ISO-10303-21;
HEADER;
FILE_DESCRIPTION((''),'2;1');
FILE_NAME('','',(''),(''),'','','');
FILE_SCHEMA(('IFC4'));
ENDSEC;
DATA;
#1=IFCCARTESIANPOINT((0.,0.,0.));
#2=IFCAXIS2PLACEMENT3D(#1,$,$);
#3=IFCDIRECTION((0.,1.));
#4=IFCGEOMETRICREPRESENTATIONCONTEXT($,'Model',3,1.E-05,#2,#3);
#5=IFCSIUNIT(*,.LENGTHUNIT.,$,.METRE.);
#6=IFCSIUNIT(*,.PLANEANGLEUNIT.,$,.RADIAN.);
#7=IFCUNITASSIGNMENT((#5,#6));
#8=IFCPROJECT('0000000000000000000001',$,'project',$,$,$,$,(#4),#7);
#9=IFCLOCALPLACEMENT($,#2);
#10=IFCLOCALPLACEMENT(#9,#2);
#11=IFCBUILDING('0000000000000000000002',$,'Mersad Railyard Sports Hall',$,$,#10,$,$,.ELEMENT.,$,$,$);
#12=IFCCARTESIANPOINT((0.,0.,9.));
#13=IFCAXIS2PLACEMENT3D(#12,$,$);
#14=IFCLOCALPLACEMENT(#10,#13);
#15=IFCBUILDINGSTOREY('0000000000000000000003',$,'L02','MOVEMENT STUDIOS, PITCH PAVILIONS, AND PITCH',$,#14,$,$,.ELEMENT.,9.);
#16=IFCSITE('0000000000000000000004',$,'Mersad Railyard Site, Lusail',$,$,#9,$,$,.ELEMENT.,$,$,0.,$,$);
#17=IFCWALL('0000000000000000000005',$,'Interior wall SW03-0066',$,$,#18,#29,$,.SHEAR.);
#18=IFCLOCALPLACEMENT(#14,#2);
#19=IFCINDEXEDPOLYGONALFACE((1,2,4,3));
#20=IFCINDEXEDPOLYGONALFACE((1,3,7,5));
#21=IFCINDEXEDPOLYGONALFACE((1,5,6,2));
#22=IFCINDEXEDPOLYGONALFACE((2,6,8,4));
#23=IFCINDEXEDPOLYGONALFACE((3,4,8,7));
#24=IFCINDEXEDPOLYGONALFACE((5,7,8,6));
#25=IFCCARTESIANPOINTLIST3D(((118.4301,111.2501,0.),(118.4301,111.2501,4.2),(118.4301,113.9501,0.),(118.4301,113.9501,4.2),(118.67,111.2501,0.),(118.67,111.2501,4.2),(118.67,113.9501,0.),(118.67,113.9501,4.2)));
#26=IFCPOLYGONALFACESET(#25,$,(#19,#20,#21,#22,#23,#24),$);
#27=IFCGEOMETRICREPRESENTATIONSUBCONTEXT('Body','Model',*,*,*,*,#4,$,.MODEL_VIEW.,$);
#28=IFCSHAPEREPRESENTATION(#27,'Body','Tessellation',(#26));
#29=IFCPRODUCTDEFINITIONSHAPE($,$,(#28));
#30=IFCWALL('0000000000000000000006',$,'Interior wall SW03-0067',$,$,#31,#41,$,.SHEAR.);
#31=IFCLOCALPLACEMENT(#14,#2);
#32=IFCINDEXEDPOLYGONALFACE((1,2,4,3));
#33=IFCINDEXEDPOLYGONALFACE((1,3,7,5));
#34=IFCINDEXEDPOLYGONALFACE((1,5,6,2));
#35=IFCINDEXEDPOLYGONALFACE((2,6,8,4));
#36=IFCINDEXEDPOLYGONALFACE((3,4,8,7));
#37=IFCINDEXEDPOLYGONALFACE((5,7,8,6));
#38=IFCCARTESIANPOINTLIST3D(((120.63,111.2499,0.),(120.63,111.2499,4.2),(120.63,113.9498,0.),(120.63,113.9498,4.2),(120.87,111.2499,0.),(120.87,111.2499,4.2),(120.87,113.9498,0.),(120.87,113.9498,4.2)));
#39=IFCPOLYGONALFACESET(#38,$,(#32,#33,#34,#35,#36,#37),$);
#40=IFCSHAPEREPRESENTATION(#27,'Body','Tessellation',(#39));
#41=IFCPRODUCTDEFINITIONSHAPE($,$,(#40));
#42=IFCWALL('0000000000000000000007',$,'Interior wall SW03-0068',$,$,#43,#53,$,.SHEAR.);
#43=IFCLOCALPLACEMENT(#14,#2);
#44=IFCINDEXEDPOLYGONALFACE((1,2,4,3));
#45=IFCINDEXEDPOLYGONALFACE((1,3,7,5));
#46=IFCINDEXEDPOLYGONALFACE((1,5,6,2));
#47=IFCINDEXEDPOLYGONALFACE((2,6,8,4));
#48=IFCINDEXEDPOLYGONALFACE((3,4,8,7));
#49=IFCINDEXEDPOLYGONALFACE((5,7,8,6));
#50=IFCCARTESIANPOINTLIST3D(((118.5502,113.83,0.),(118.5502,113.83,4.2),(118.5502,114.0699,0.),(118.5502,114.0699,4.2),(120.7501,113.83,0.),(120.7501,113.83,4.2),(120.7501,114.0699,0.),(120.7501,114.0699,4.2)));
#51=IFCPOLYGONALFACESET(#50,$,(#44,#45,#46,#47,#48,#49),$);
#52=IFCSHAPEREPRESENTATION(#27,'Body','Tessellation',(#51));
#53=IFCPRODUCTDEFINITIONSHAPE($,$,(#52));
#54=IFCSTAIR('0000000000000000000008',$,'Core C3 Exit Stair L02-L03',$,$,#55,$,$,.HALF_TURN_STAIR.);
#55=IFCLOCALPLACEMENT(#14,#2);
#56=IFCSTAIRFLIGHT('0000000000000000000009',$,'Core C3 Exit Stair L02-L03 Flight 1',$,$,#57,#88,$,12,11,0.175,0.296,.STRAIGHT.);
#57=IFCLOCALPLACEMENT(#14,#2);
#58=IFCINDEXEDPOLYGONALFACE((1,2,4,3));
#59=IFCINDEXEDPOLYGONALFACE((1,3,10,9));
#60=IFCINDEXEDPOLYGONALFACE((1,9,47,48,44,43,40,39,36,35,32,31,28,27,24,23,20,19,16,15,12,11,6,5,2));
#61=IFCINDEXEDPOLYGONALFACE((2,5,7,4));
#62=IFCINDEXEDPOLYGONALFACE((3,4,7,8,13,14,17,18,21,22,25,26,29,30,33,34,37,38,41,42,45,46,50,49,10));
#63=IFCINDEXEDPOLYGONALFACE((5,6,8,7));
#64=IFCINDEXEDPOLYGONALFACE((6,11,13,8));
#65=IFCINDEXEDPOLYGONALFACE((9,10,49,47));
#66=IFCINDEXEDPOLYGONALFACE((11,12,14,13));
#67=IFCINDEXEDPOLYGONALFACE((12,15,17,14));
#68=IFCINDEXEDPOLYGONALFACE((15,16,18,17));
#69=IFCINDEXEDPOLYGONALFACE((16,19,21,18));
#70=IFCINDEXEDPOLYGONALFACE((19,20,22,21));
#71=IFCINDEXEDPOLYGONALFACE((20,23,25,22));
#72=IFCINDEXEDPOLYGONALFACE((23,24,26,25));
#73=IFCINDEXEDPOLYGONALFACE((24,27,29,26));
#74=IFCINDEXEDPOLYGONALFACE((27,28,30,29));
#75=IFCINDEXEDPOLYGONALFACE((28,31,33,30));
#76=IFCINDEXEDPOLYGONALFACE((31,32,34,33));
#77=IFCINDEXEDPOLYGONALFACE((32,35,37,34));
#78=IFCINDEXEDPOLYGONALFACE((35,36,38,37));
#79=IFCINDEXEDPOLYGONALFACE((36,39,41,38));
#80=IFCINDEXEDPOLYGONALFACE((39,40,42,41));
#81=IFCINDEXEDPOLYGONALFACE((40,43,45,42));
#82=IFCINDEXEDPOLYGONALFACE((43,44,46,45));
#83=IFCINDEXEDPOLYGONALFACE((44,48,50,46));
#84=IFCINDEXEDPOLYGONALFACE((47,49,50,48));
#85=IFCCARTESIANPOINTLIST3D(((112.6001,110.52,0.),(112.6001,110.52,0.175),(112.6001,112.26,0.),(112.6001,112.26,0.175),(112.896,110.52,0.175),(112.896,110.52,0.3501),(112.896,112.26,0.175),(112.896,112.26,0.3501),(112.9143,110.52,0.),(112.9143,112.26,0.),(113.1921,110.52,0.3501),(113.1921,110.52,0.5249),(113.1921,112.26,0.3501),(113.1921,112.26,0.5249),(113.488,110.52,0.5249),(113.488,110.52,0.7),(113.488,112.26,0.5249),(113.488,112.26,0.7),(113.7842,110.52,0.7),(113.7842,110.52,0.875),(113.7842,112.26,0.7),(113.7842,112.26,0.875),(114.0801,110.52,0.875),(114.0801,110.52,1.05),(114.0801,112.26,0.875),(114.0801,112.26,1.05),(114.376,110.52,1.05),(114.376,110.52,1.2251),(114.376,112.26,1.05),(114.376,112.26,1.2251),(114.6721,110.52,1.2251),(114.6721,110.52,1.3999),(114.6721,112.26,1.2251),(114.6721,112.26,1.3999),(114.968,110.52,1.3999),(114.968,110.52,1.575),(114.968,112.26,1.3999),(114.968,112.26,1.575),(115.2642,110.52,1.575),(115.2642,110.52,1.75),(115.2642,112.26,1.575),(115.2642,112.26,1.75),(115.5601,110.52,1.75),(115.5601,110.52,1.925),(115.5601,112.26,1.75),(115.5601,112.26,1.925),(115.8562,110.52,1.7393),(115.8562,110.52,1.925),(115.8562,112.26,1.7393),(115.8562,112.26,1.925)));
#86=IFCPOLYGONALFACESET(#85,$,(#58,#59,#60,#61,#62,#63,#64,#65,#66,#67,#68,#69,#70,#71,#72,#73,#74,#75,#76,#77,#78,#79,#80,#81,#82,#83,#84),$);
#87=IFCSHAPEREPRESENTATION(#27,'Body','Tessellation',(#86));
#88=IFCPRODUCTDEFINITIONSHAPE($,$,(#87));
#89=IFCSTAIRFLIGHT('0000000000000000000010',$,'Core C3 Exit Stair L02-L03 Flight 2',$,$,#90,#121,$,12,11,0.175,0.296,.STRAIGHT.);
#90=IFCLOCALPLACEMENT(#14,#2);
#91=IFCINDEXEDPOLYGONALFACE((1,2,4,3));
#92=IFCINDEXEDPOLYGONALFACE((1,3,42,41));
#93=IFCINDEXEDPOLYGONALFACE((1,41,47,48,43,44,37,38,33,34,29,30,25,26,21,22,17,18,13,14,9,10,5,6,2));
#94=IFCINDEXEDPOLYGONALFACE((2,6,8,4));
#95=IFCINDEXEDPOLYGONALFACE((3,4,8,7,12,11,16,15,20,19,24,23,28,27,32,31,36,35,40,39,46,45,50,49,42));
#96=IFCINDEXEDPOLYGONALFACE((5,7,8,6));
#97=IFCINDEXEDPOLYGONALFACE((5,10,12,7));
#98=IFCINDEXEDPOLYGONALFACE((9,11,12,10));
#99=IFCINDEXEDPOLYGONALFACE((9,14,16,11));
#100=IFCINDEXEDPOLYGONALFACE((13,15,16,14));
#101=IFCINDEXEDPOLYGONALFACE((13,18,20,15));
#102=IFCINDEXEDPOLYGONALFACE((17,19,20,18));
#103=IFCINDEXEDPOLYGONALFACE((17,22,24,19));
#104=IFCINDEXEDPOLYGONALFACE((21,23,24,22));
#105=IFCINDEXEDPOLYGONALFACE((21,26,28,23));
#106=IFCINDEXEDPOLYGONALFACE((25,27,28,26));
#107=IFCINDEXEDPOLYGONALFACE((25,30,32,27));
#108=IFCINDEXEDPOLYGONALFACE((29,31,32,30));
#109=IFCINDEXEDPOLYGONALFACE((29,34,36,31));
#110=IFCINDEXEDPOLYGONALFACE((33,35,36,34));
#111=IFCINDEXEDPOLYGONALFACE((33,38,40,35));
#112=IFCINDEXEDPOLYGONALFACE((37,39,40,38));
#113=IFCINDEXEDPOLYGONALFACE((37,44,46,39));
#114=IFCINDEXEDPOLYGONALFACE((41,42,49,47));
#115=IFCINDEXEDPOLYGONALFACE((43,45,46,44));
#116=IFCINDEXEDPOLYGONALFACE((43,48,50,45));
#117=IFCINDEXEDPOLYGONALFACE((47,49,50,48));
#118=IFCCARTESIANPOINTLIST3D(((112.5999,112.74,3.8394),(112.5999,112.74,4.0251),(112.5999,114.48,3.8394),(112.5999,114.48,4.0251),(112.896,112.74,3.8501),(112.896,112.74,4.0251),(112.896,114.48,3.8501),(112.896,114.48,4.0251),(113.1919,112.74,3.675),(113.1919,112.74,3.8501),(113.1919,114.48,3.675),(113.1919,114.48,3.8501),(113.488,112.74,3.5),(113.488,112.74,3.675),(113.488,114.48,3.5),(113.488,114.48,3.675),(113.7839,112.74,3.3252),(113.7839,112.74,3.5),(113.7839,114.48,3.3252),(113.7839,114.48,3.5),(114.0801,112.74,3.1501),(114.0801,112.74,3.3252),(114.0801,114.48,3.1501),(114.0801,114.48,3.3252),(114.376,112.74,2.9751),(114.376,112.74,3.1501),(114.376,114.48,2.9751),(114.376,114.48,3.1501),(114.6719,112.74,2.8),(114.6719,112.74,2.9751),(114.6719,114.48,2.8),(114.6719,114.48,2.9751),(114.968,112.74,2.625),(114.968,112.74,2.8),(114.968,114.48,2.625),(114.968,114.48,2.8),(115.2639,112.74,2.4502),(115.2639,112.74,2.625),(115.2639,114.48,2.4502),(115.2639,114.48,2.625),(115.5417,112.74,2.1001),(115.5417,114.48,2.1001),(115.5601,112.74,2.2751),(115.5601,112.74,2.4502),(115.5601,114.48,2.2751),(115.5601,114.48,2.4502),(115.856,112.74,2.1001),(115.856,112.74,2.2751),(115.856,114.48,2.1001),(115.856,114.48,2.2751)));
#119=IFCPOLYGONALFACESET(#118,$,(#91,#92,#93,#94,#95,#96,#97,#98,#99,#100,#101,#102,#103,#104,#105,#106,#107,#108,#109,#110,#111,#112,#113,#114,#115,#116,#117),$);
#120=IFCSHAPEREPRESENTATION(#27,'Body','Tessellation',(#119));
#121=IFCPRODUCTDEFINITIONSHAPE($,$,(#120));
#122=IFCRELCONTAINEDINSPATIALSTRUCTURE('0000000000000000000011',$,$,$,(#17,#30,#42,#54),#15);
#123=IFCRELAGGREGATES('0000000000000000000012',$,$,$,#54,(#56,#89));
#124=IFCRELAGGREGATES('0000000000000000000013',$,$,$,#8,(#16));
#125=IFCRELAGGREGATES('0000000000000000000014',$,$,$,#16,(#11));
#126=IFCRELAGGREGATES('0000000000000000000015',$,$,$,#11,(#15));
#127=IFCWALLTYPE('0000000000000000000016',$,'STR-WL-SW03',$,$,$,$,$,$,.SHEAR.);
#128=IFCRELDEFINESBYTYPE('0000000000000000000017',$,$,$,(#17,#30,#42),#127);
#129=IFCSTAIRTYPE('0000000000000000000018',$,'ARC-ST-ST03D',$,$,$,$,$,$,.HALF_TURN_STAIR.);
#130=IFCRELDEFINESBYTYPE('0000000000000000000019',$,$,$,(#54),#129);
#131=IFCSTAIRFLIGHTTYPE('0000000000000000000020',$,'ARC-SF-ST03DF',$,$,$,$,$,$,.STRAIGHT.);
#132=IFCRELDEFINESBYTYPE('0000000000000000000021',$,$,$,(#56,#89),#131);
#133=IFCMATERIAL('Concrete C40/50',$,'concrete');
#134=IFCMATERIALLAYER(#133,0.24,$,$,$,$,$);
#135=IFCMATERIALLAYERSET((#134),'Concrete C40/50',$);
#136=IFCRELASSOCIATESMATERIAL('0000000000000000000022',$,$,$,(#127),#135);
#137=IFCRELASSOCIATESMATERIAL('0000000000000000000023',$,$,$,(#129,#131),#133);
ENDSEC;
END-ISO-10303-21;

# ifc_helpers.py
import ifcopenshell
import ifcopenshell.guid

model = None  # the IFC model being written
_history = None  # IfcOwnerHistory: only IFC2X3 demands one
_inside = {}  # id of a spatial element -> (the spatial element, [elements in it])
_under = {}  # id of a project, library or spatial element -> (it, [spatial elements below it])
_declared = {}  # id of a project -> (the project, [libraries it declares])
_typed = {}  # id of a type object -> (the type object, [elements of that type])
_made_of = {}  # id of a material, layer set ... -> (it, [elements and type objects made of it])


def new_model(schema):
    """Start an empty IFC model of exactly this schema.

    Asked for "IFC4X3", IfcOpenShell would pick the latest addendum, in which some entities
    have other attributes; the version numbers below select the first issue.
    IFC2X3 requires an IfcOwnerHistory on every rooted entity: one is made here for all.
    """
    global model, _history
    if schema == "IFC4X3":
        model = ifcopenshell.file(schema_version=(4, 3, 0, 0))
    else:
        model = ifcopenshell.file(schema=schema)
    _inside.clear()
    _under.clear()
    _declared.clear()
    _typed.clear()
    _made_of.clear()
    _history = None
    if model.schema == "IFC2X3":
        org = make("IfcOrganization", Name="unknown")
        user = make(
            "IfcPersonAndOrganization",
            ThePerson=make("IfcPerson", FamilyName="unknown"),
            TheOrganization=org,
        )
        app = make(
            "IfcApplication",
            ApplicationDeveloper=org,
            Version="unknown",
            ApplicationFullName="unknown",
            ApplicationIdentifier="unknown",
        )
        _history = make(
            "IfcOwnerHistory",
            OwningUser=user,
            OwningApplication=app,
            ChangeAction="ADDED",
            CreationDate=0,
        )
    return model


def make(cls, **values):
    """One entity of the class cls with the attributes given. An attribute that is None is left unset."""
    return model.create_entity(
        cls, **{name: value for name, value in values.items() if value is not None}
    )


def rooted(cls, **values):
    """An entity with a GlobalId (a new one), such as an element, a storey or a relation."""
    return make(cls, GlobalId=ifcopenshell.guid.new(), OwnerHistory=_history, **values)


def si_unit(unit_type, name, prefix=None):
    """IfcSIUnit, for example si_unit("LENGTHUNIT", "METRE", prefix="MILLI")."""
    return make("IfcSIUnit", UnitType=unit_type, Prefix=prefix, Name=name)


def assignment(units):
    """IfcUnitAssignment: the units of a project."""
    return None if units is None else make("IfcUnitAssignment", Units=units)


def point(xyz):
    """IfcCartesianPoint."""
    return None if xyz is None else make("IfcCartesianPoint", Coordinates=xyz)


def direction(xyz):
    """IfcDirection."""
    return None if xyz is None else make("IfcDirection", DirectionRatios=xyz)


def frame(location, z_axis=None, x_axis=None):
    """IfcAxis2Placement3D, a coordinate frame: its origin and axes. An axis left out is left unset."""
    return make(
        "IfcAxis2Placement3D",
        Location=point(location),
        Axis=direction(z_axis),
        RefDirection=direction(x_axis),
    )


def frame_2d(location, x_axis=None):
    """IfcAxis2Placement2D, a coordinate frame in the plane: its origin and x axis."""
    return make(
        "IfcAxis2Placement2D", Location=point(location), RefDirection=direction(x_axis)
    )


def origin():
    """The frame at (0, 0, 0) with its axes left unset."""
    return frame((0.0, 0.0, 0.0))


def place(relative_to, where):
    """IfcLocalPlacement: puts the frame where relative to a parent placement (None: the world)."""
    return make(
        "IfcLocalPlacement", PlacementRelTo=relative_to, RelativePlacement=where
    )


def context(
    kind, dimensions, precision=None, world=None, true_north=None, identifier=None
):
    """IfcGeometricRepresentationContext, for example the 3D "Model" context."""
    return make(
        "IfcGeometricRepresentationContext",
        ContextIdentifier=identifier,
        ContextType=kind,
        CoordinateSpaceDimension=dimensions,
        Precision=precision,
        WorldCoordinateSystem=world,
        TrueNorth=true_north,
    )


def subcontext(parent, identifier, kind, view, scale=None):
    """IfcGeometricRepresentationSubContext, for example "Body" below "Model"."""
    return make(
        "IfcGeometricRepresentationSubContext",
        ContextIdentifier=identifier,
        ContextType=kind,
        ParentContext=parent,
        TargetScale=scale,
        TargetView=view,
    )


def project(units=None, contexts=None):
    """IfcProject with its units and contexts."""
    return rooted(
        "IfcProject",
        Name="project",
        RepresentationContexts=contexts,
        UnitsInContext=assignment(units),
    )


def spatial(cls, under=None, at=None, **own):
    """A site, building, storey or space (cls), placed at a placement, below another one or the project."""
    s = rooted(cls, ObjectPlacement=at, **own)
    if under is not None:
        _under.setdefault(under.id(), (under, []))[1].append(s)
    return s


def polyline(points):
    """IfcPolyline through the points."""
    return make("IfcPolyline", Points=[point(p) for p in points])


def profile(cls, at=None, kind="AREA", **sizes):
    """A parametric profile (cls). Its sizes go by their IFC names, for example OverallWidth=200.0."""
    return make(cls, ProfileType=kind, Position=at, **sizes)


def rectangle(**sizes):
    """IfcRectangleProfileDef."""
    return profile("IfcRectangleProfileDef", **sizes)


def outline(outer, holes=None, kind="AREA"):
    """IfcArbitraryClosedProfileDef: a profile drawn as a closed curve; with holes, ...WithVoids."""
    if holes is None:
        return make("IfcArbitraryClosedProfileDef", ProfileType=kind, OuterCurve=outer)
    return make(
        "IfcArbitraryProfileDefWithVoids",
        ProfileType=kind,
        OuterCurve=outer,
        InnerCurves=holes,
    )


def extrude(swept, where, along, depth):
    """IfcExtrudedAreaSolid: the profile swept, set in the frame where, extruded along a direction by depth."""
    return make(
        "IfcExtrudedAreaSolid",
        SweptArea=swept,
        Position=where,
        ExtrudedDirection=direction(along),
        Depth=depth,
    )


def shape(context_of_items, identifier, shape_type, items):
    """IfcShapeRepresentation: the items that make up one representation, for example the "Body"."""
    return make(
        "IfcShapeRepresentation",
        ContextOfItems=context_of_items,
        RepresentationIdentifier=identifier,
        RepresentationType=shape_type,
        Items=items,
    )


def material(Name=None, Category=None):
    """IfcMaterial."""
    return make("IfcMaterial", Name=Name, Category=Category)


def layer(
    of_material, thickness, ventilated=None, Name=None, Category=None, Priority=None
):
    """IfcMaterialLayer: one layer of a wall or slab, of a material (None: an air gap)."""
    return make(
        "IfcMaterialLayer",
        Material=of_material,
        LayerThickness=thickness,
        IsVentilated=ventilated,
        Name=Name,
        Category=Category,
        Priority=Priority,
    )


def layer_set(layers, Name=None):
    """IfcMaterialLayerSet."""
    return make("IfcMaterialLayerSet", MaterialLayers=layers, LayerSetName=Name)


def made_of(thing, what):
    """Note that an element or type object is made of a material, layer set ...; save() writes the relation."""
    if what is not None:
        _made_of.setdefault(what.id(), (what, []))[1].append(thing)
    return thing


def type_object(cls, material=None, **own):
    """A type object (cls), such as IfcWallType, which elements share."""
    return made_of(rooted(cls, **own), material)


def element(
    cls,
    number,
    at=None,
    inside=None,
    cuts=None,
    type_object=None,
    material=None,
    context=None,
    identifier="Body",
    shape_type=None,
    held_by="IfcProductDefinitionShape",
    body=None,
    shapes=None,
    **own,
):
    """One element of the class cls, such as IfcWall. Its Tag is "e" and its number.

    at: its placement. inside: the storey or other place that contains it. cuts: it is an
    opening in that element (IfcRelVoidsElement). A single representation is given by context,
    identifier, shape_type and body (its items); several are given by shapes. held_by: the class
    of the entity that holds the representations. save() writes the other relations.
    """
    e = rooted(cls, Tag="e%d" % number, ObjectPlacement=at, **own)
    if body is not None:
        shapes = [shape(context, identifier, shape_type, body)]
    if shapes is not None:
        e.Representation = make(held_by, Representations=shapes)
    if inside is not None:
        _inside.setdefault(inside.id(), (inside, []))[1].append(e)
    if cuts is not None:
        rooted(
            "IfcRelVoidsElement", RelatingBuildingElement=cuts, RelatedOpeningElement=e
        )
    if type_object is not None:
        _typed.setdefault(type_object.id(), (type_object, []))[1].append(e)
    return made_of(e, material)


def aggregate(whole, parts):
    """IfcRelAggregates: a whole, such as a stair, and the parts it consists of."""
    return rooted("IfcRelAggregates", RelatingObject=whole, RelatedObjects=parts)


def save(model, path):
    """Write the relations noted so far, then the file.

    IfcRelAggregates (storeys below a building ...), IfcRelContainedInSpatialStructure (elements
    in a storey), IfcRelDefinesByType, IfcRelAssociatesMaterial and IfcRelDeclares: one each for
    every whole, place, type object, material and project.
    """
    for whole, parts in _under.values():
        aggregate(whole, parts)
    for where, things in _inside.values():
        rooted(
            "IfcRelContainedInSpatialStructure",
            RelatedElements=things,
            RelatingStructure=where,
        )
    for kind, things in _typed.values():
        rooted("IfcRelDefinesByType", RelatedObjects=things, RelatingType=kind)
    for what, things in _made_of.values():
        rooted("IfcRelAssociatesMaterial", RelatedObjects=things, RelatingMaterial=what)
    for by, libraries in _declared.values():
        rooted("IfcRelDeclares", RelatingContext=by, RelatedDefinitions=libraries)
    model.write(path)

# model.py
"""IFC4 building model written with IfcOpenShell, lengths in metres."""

from ifc_helpers import new_model, si_unit, direction, frame, frame_2d, origin, place, context, subcontext, project, spatial, polyline, rectangle, outline, extrude, material, layer, layer_set, type_object, element, aggregate, save


model = new_model("IFC4")

# Units and contexts
model_context = context("Model", 3, precision=1e-05, world=origin(), true_north=direction((0.0, 1.0)))
body_context = subcontext(model_context, "Body", "Model", "MODEL_VIEW")
ifc_project = project(units=[si_unit("LENGTHUNIT", "METRE"), si_unit("PLANEANGLEUNIT", "RADIAN")], contexts=[model_context])

# Site, building, storey
site_placement = place(None, origin())
site = spatial("IfcSite", under=ifc_project, at=site_placement, Name="Mersad Railyard Site, Lusail", CompositionType="ELEMENT", RefElevation=0.0)
building_placement = place(site_placement, origin())
building = spatial("IfcBuilding", under=site, at=building_placement, Name="Mersad Railyard Sports Hall", CompositionType="ELEMENT")
storey_placement = place(building_placement, frame((0.0, 0.0, 9.0)))
storey = spatial("IfcBuildingStorey", under=building, at=storey_placement, Name="L02", Description="MOVEMENT STUDIOS, PITCH PAVILIONS, AND PITCH", CompositionType="ELEMENT", Elevation=9.0)

# Shared definitions
ifc_material_1 = material(Name="Concrete C40/50", Category="concrete")

# Walls
ifc_layer_1 = layer(ifc_material_1, 0.24)
ifc_layer_set_1 = layer_set([ifc_layer_1], Name="Concrete C40/50")
wall_type_1 = type_object("IfcWallType", Name="STR-WL-SW03", PredefinedType="SHEAR", material=ifc_layer_set_1)
for number, where, z_axis, x_axis, name in (
    (1, (118.55, 111.25, 0.0), (0.0, 0.0, 1.0), (0.0, 1.0, 0.0), "Interior wall SW03-0066"),
    (2, (120.75, 113.95, 0.0), (0.0, 0.0, 1.0), (0.0, -1.0, 0.0), "Interior wall SW03-0067"),
):
    element("IfcWall", number, at=place(storey_placement, frame(where, z_axis=z_axis, x_axis=x_axis)), inside=storey, type_object=wall_type_1, Name=name, PredefinedType="SHEAR", context=body_context, shape_type="SweptSolid", body=[
        extrude(rectangle(XDim=2.7, YDim=0.24, at=frame_2d((1.3501, 0.0))), origin(), (0.0, 0.0, 1.0), 4.2),
    ])
wall_1_placement = place(storey_placement, frame((118.55, 113.95, 0.0), z_axis=(0.0, 0.0, 1.0), x_axis=(1.0, 0.0, 0.0)))
element("IfcWall", 3, at=wall_1_placement, inside=storey, type_object=wall_type_1, Name="Interior wall SW03-0068", PredefinedType="SHEAR", context=body_context, shape_type="SweptSolid", body=[
    extrude(rectangle(XDim=2.2, YDim=0.24, at=frame_2d((1.1001, 0.0))), origin(), (0.0, 0.0, 1.0), 4.2),
])

# Stair, stair flights
stair_type = type_object("IfcStairType", Name="ARC-ST-ST03D", PredefinedType="HALF_TURN_STAIR", material=ifc_material_1)
stair_placement = place(storey_placement, origin())
stair = element("IfcStair", 4, at=stair_placement, inside=storey, type_object=stair_type, Name="Core C3 Exit Stair L02-L03", PredefinedType="HALF_TURN_STAIR")
stair_flight_type = type_object("IfcStairFlightType", Name="ARC-SF-ST03DF", PredefinedType="STRAIGHT", material=ifc_material_1)
stair_flight_1_placement = place(storey_placement, frame((112.6001, 111.3899, 0.0), z_axis=(0.0, 0.0, 1.0), x_axis=(1.0, 0.0, 0.0)))
stair_flight_1 = element("IfcStairFlight", 5, at=stair_flight_1_placement, type_object=stair_flight_type, Name="Core C3 Exit Stair L02-L03 Flight 1", NumberOfRisers=12, NumberOfTreads=11, PredefinedType="STRAIGHT", RiserHeight=0.175, TreadLength=0.296, context=body_context, shape_type="SweptSolid", body=[
    extrude(outline(polyline([(0.0, 0.0), (0.0, 0.175), (0.2959, 0.175), (0.2959, 0.3501), (0.592, 0.3501), (0.592, 0.5249), (0.8879, 0.5249), (0.8879, 0.7), (1.1841, 0.7), (1.1841, 0.875), (1.48, 0.875), (1.48, 1.05), (1.7759, 1.05), (1.7759, 1.2251), (2.072, 1.2251), (2.072, 1.3999), (2.3679, 1.3999), (2.3679, 1.575), (2.6641, 1.575), (2.6641, 1.75), (2.96, 1.75), (2.96, 1.925), (3.2561, 1.925), (3.2561, 2.1001), (3.2561, 1.7393), (0.3142, 0.0), (0.0, 0.0)])), frame((0.0, 0.8701, 0.0), z_axis=(0.0, -1.0, 0.0), x_axis=(1.0, 0.0, 0.0)), (0.0, 0.0, 1.0), 1.74),
])
stair_flight_2_placement = place(storey_placement, frame((115.856, 113.6101, 2.1001), z_axis=(0.0, 0.0, 1.0), x_axis=(-1.0, 0.0, 0.0)))
stair_flight_2 = element("IfcStairFlight", 6, at=stair_flight_2_placement, type_object=stair_flight_type, Name="Core C3 Exit Stair L02-L03 Flight 2", NumberOfRisers=12, NumberOfTreads=11, PredefinedType="STRAIGHT", RiserHeight=0.175, TreadLength=0.296, context=body_context, shape_type="SweptSolid", body=[
    extrude(outline(polyline([(0.0, 0.0), (0.0, 0.175), (0.2959, 0.175), (0.2959, 0.3501), (0.592, 0.3501), (0.592, 0.5249), (0.8879, 0.5249), (0.8879, 0.7), (1.1841, 0.7), (1.1841, 0.875), (1.48, 0.875), (1.48, 1.05), (1.7759, 1.05), (1.7759, 1.2251), (2.072, 1.2251), (2.072, 1.3999), (2.3679, 1.3999), (2.3679, 1.575), (2.6641, 1.575), (2.6641, 1.75), (2.96, 1.75), (2.96, 1.925), (3.2561, 1.925), (3.2561, 2.1001), (3.2561, 1.7393), (0.3142, 0.0), (0.0, 0.0)])), frame((0.0, 0.8701, 0.0), z_axis=(0.0, -1.0, 0.0), x_axis=(1.0, 0.0, 0.0)), (0.0, 0.0, 1.0), 1.74),
])
aggregate(stair, [stair_flight_1, stair_flight_2])

save(model, "model.ifc")
